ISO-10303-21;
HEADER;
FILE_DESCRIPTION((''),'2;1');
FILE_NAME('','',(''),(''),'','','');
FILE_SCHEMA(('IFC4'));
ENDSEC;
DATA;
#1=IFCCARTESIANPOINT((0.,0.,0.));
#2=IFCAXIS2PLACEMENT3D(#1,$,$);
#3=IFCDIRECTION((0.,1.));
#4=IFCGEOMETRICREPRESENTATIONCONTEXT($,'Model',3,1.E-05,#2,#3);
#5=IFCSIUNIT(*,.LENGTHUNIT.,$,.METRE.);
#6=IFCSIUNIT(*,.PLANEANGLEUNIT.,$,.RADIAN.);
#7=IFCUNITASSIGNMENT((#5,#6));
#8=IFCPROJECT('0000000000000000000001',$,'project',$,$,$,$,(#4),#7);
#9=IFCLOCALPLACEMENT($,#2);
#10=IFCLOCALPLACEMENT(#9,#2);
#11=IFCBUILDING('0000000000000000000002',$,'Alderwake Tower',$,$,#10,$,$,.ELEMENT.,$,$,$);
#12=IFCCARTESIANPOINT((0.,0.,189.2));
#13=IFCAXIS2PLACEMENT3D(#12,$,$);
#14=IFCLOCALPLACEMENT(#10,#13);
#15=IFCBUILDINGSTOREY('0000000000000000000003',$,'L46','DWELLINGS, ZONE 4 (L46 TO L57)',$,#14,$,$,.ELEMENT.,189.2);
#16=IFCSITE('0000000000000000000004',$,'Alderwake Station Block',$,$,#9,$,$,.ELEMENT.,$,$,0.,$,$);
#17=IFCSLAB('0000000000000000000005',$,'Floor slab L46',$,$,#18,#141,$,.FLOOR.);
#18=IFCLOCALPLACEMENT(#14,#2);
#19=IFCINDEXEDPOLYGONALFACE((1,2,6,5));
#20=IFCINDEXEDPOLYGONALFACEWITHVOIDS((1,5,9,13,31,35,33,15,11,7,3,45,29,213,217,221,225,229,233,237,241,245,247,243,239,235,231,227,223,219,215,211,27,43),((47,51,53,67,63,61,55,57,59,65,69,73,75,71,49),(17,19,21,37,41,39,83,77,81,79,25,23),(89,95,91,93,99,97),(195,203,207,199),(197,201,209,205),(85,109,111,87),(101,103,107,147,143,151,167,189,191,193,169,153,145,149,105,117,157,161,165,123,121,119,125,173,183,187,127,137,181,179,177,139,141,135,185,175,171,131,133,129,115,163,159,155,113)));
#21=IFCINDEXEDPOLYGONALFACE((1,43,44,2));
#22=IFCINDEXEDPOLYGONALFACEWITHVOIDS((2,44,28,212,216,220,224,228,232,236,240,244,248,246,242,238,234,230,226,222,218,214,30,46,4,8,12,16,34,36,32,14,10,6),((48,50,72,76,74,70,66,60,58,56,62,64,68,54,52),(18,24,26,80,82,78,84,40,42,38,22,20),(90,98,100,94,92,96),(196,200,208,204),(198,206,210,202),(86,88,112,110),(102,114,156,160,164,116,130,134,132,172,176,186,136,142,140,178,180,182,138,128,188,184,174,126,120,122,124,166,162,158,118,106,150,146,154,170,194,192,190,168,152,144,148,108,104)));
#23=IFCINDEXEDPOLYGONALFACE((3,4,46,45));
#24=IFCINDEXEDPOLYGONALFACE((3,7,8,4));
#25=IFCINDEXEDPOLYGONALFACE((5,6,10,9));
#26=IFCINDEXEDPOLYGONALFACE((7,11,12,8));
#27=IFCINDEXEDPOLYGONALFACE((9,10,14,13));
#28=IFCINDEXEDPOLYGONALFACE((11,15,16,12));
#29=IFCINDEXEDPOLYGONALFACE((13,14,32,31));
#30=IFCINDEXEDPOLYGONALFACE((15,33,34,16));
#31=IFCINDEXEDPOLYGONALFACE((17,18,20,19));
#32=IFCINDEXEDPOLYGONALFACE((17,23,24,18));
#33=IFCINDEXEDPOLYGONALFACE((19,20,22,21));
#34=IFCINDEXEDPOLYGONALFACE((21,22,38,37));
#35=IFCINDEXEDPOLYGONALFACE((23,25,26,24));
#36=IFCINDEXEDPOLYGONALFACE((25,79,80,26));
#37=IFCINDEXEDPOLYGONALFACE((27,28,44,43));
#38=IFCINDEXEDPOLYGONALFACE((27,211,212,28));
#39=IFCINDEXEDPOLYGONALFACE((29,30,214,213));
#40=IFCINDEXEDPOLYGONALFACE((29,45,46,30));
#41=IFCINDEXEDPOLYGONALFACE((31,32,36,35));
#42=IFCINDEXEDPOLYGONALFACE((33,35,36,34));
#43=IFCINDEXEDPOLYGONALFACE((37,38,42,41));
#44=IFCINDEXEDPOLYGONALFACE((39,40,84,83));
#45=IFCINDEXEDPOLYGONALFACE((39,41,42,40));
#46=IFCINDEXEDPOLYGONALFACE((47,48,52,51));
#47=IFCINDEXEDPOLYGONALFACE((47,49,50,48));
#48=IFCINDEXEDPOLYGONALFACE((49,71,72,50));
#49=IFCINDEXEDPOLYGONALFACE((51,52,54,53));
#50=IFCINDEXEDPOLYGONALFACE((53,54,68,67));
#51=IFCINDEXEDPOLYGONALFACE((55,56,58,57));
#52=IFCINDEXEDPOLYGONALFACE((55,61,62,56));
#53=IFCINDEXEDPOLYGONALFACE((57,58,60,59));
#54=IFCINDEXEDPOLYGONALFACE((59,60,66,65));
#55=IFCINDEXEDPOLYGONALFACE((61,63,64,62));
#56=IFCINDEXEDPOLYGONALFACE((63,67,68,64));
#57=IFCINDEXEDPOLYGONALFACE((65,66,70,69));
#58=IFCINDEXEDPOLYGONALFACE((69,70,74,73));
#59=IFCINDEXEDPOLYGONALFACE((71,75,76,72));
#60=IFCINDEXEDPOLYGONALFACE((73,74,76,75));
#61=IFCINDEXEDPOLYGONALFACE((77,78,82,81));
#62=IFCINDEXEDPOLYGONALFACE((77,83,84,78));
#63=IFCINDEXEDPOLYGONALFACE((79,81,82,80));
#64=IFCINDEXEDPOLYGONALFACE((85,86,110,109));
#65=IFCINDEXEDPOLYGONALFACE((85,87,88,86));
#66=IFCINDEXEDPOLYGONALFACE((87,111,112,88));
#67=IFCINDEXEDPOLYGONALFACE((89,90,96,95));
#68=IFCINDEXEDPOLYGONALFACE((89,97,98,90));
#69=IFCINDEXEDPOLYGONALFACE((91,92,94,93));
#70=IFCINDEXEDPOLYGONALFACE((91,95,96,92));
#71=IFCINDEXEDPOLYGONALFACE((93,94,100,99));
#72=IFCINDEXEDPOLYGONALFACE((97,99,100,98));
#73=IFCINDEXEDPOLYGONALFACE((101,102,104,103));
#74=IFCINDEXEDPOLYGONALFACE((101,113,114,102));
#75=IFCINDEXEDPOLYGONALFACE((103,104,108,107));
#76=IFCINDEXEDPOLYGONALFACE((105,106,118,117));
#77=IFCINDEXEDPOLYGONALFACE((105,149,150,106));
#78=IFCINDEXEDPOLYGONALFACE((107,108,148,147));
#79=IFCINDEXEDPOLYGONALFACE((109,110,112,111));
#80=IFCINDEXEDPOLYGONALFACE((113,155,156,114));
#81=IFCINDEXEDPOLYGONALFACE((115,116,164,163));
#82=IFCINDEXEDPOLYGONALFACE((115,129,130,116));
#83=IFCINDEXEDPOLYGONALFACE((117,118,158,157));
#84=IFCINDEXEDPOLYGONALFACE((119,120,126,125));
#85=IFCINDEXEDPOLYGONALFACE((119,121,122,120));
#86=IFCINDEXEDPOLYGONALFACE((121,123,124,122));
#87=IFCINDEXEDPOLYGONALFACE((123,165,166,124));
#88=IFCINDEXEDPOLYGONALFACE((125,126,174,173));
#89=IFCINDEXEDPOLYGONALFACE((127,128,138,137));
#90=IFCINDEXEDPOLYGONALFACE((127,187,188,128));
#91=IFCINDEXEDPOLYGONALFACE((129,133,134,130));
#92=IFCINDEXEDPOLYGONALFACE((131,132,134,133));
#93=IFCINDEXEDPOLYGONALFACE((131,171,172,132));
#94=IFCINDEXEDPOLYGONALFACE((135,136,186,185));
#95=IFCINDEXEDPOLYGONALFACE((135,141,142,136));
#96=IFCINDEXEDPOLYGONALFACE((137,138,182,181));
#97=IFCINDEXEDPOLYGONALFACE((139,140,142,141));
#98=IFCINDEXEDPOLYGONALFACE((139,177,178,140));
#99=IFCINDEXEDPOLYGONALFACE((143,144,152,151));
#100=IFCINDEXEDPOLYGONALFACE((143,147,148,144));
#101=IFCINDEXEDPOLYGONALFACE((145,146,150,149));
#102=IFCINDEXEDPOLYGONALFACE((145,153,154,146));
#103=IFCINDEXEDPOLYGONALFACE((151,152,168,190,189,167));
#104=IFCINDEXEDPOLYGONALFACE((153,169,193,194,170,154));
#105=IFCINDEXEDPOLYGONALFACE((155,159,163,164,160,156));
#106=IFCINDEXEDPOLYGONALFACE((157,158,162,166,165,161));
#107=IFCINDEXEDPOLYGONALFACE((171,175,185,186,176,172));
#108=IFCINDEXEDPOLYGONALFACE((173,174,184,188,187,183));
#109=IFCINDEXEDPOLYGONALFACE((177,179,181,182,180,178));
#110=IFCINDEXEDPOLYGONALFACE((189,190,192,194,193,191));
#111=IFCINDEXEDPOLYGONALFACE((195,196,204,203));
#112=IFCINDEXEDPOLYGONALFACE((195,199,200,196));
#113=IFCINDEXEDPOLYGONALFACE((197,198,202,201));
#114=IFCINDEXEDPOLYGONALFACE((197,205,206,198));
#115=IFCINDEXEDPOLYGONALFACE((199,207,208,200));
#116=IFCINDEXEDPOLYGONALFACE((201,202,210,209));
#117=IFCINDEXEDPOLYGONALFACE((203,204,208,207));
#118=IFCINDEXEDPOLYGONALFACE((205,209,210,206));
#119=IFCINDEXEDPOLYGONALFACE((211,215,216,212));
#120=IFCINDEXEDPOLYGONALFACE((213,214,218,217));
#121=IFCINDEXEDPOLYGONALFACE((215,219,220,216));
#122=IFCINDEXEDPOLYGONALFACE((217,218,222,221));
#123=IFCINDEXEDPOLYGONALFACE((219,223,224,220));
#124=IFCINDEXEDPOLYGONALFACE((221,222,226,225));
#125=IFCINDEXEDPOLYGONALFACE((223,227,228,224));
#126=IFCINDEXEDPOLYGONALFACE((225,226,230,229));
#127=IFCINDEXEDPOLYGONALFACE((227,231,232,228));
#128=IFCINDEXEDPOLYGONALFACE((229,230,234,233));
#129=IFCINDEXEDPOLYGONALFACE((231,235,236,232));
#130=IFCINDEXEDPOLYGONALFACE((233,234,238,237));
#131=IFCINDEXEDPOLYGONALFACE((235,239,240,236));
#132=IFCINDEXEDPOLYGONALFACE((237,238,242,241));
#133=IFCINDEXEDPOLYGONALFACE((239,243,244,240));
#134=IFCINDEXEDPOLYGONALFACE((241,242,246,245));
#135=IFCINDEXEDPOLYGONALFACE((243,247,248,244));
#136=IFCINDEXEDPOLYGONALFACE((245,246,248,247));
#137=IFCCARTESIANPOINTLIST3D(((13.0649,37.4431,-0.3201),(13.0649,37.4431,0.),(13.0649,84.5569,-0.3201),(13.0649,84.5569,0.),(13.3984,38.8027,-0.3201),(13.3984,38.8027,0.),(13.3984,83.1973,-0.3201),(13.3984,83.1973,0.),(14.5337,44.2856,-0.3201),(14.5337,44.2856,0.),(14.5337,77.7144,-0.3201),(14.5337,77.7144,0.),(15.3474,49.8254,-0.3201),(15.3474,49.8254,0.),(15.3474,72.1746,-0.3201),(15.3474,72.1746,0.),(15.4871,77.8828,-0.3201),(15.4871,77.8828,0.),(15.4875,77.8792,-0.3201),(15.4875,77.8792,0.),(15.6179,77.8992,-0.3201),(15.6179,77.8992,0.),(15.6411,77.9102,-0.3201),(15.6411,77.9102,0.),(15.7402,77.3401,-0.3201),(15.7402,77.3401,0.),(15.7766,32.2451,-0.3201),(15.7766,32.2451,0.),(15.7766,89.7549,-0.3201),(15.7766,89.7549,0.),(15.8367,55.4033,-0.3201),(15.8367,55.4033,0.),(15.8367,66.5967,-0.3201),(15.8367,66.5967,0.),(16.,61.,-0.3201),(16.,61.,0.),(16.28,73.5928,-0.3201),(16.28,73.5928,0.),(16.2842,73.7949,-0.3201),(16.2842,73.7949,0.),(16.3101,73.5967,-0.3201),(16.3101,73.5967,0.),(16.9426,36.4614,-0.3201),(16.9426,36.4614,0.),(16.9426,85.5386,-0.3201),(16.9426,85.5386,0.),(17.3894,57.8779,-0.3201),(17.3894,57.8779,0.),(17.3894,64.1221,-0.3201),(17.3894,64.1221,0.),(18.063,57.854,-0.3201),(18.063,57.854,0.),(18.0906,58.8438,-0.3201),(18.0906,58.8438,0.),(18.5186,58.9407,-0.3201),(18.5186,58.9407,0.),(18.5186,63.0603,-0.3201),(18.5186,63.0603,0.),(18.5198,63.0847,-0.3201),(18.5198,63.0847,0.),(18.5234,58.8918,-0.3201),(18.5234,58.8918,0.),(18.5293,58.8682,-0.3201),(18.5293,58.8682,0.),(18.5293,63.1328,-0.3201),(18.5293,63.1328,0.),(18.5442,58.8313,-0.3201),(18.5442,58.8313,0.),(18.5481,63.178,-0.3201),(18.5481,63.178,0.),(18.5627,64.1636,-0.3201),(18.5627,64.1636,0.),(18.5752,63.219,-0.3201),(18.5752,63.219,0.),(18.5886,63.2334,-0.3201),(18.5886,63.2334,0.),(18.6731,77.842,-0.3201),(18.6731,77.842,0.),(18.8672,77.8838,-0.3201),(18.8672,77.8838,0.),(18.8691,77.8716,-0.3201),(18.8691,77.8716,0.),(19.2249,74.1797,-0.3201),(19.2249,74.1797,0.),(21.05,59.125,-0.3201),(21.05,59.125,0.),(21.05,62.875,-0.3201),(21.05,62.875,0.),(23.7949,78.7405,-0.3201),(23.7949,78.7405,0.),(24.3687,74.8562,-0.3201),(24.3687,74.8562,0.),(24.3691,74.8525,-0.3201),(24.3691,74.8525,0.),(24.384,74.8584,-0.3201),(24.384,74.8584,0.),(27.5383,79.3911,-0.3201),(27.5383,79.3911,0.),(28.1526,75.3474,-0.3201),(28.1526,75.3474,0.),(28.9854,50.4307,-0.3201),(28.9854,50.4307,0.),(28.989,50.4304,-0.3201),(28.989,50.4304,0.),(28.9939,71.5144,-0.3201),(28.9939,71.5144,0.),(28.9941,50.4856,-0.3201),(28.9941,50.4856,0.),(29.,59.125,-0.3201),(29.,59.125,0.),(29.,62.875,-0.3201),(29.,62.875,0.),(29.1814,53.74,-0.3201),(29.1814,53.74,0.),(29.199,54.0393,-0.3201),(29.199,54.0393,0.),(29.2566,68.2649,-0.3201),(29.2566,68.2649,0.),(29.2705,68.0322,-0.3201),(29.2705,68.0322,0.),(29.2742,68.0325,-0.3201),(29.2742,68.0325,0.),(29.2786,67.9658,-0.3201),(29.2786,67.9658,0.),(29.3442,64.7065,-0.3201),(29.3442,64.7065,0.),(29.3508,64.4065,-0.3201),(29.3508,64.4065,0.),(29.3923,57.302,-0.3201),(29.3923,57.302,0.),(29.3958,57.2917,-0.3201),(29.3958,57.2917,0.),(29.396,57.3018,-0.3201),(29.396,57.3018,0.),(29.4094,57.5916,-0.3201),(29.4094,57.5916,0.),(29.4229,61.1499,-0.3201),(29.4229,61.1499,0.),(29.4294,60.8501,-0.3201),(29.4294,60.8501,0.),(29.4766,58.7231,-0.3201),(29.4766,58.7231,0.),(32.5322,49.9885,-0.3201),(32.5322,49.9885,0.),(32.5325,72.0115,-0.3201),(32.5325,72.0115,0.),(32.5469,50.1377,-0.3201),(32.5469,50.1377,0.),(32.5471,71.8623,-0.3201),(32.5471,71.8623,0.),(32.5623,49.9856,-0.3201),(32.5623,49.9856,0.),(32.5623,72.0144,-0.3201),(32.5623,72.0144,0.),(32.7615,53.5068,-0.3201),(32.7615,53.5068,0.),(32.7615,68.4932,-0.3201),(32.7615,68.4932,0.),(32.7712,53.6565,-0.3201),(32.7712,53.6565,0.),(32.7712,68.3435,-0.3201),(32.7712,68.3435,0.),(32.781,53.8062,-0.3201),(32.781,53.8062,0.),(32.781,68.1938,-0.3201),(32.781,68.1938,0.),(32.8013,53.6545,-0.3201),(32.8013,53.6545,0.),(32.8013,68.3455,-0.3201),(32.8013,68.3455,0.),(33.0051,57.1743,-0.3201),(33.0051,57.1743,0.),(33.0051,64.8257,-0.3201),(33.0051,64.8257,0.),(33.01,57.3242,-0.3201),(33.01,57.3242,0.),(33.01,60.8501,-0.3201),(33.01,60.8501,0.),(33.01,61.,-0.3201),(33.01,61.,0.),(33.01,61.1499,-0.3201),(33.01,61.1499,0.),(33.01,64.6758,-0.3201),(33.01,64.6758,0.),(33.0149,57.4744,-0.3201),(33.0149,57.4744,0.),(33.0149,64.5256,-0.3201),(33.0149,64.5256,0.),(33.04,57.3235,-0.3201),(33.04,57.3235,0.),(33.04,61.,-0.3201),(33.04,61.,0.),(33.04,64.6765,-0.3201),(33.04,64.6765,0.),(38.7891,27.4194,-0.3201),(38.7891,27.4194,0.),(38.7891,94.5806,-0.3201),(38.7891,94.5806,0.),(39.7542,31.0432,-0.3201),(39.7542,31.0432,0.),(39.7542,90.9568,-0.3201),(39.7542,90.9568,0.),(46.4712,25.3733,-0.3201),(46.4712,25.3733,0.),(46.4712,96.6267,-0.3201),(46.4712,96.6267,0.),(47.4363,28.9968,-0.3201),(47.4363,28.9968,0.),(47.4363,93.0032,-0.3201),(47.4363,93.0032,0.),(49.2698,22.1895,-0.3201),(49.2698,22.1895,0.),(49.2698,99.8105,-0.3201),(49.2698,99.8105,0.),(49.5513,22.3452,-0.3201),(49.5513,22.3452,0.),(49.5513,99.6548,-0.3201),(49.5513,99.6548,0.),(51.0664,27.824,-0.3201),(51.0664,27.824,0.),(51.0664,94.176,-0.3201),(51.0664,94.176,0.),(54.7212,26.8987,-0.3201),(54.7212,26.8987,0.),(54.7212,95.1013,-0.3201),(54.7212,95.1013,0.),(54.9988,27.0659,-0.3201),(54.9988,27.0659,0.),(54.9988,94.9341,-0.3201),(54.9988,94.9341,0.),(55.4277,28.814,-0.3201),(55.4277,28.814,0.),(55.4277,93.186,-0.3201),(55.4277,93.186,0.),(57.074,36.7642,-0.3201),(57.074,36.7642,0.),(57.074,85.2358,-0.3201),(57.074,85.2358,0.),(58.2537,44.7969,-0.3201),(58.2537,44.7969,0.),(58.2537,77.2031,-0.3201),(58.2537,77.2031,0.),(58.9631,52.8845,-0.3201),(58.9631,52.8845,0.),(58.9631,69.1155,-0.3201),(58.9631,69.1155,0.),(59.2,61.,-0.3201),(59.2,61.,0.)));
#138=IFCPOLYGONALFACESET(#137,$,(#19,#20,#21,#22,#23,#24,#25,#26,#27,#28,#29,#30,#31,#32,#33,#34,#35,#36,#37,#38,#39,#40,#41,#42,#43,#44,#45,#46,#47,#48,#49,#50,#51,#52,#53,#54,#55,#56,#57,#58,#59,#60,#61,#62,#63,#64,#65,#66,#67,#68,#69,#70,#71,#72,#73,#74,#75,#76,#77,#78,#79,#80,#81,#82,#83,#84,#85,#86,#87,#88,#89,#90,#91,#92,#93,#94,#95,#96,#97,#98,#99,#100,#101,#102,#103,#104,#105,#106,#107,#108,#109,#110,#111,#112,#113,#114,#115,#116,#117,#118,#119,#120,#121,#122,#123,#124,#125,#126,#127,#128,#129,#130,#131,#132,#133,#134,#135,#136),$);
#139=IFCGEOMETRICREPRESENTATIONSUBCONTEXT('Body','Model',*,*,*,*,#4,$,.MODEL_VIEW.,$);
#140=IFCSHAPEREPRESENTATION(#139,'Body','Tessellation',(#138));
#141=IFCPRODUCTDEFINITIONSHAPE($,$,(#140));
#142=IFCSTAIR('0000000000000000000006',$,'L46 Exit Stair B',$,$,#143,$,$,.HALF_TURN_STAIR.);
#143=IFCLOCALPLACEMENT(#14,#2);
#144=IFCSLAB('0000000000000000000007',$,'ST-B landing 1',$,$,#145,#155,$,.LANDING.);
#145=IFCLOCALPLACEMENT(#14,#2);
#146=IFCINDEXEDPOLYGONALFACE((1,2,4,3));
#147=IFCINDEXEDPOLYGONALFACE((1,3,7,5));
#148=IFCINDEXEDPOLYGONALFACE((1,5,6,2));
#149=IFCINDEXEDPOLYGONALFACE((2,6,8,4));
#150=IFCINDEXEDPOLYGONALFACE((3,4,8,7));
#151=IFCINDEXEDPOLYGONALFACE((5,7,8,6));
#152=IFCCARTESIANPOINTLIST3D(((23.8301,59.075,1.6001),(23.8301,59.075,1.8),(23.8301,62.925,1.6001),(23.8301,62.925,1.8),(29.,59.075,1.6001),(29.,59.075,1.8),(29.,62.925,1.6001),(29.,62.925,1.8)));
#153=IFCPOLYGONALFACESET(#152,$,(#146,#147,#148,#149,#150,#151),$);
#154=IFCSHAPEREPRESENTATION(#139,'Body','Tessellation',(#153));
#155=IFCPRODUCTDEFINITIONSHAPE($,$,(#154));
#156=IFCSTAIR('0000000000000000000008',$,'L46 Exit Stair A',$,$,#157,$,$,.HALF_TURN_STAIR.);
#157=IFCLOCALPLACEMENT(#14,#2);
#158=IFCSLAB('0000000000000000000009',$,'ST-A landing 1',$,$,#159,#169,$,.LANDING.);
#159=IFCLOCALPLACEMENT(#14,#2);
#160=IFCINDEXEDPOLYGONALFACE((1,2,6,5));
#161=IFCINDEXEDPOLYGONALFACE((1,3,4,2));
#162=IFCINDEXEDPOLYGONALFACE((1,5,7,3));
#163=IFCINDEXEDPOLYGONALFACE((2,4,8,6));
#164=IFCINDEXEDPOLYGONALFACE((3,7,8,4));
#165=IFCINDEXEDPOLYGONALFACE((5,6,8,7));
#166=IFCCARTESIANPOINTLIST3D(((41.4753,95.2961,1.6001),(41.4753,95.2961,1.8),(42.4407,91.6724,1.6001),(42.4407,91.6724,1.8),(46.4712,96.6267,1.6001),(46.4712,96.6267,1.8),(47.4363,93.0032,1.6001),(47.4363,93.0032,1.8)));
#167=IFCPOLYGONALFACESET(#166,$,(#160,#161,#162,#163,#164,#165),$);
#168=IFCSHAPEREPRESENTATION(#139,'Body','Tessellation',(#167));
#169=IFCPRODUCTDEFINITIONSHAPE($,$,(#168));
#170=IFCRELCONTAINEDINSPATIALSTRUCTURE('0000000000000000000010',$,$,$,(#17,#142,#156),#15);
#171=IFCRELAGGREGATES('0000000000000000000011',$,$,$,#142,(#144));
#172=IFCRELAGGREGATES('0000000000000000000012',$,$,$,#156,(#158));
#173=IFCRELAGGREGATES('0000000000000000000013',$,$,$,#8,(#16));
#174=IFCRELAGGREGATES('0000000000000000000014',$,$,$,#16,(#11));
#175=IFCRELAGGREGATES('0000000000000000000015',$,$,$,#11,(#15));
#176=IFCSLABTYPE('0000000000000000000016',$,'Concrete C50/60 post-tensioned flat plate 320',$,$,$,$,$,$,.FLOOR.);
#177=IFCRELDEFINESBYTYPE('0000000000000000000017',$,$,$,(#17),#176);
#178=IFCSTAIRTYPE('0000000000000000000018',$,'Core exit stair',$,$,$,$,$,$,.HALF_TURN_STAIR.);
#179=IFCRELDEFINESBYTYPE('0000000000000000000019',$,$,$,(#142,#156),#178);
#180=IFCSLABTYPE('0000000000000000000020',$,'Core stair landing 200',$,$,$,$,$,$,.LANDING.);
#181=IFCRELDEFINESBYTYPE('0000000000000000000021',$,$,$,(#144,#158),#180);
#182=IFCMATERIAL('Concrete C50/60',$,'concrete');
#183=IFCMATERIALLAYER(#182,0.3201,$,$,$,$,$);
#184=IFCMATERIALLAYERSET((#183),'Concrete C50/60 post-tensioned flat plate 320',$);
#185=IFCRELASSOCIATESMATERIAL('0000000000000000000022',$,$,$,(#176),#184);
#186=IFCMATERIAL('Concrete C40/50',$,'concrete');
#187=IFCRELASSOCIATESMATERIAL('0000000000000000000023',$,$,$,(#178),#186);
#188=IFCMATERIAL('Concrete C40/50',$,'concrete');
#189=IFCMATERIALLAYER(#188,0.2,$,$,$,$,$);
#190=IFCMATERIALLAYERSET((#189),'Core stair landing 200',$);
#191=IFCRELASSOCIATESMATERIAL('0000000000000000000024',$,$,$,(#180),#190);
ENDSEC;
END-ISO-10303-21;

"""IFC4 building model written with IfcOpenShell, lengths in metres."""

from ifc_helpers import new_model, si_unit, direction, frame, origin, place, context, subcontext, project, spatial, polyline, outline, extrude, material, layer, layer_set, type_object, element, aggregate, save


model = new_model("IFC4")

# Units and contexts
model_context = context("Model", 3, precision=1e-05, world=origin(), true_north=direction((0.0, 1.0)))
body_context = subcontext(model_context, "Body", "Model", "MODEL_VIEW")
ifc_project = project(units=[si_unit("LENGTHUNIT", "METRE"), si_unit("PLANEANGLEUNIT", "RADIAN")], contexts=[model_context])

# Site, building, storey
site_placement = place(None, origin())
site = spatial("IfcSite", under=ifc_project, at=site_placement, Name="Alderwake Station Block", CompositionType="ELEMENT", RefElevation=0.0)
building_placement = place(site_placement, origin())
building = spatial("IfcBuilding", under=site, at=building_placement, Name="Alderwake Tower", CompositionType="ELEMENT")
storey_placement = place(building_placement, frame((0.0, 0.0, 189.2)))
storey = spatial("IfcBuildingStorey", under=building, at=storey_placement, Name="L46", Description="DWELLINGS, ZONE 4 (L46 TO L57)", CompositionType="ELEMENT", Elevation=189.2)

# Slab
ifc_material_1 = material(Name="Concrete C50/60", Category="concrete")
ifc_layer_1 = layer(ifc_material_1, 0.3201)
ifc_layer_set_1 = layer_set([ifc_layer_1], Name="Concrete C50/60 post-tensioned flat plate 320")
slab_type_1 = type_object("IfcSlabType", Name="Concrete C50/60 post-tensioned flat plate 320", PredefinedType="FLOOR", material=ifc_layer_set_1)
slab_1_placement = place(storey_placement, frame((0.0, 0.0, -0.3201)))
element("IfcSlab", 1, at=slab_1_placement, inside=storey, type_object=slab_type_1, Name="Floor slab L46", PredefinedType="FLOOR", context=body_context, shape_type="SweptSolid", body=[
    extrude(outline(polyline([(13.0649, 37.4431), (13.3984, 38.8027), (14.5337, 44.2856), (15.3474, 49.8254), (15.8367, 55.4033), (16.0, 61.0), (15.8367, 66.5967), (15.3474, 72.1746), (14.5337, 77.7144), (13.3984, 83.1973), (13.0649, 84.5569), (16.9426, 85.5386), (15.7766, 89.7549), (49.2698, 99.8105), (49.5513, 99.6548), (51.0664, 94.176), (54.7212, 95.1013), (54.9988, 94.9341), (55.4277, 93.186), (57.074, 85.2358), (58.2537, 77.2031), (58.9631, 69.1155), (59.2, 61.0), (58.9631, 52.8845), (58.2537, 44.7969), (57.074, 36.7642), (55.4277, 28.814), (54.9988, 27.0659), (54.7212, 26.8987), (51.0664, 27.824), (49.5513, 22.3452), (49.2698, 22.1895), (15.7766, 32.2451), (16.9426, 36.4614), (13.0649, 37.4431)]), holes=[polyline([(28.9854, 50.4307), (28.989, 50.4304), (28.9941, 50.4856), (32.5469, 50.1377), (32.5322, 49.9885), (32.5623, 49.9856), (32.8013, 53.6545), (33.04, 57.3235), (33.04, 61.0), (33.04, 64.6765), (32.8013, 68.3455), (32.5623, 72.0144), (32.5325, 72.0115), (32.5471, 71.8623), (28.9939, 71.5144), (29.2566, 68.2649), (32.7615, 68.4932), (32.7712, 68.3435), (32.781, 68.1938), (29.2786, 67.9658), (29.2742, 68.0325), (29.2705, 68.0322), (29.3442, 64.7065), (33.0051, 64.8257), (33.01, 64.6758), (33.0149, 64.5256), (29.3508, 64.4065), (29.4229, 61.1499), (33.01, 61.1499), (33.01, 61.0), (33.01, 60.8501), (29.4294, 60.8501), (29.4766, 58.7231), (29.4094, 57.5916), (33.0149, 57.4744), (33.01, 57.3242), (33.0051, 57.1743), (29.3958, 57.2917), (29.396, 57.3018), (29.3923, 57.302), (29.199, 54.0393), (32.781, 53.8062), (32.7712, 53.6565), (32.7615, 53.5068), (29.1814, 53.74), (28.9854, 50.4307)]), polyline([(21.05, 62.875), (21.05, 59.125), (29.0, 59.125), (29.0, 62.875), (21.05, 62.875)]), polyline([(15.6411, 77.9102), (15.4871, 77.8828), (15.4875, 77.8792), (15.6179, 77.8992), (16.28, 73.5928), (16.3101, 73.5967), (16.2842, 73.7949), (19.2249, 74.1797), (18.6731, 77.842), (18.8691, 77.8716), (18.8672, 77.8838), (15.7402, 77.3401), (15.6411, 77.9102)]), polyline([(27.5383, 79.3911), (23.7949, 78.7405), (24.384, 74.8584), (24.3687, 74.8562), (24.3691, 74.8525), (28.1526, 75.3474), (27.5383, 79.3911)]), polyline([(47.4363, 28.9968), (39.7542, 31.0432), (38.7891, 27.4194), (46.4712, 25.3733), (47.4363, 28.9968)]), polyline([(46.4712, 96.6267), (38.7891, 94.5806), (39.7542, 90.9568), (47.4363, 93.0032), (46.4712, 96.6267)]), polyline([(18.5886, 63.2334), (18.5627, 64.1636), (17.3894, 64.1221), (17.3894, 57.8779), (18.063, 57.854), (18.0906, 58.8438), (18.5442, 58.8313), (18.5293, 58.8682), (18.5234, 58.8918), (18.5186, 58.9407), (18.5186, 63.0603), (18.5198, 63.0847), (18.5293, 63.1328), (18.5481, 63.178), (18.5752, 63.219), (18.5886, 63.2334)])]), origin(), (0.0, 0.0, 1.0), 0.3201),
])

# Stairs, slabs
ifc_material_2 = material(Name="Concrete C40/50", Category="concrete")
stair_type = type_object("IfcStairType", Name="Core exit stair", PredefinedType="HALF_TURN_STAIR", material=ifc_material_2)
stair_1_placement = place(storey_placement, origin())
stair_1 = element("IfcStair", 2, at=stair_1_placement, inside=storey, type_object=stair_type, Name="L46 Exit Stair B", PredefinedType="HALF_TURN_STAIR")
ifc_material_3 = material(Name="Concrete C40/50", Category="concrete")
ifc_layer_2 = layer(ifc_material_3, 0.2)
ifc_layer_set_2 = layer_set([ifc_layer_2], Name="Core stair landing 200")
slab_type_2 = type_object("IfcSlabType", Name="Core stair landing 200", PredefinedType="LANDING", material=ifc_layer_set_2)
slab_2_placement = place(storey_placement, frame((0.0, 0.0, 1.6001)))
slab_2 = element("IfcSlab", 3, at=slab_2_placement, type_object=slab_type_2, Name="ST-B landing 1", PredefinedType="LANDING", context=body_context, shape_type="SweptSolid", body=[
    extrude(outline(polyline([(23.8301, 59.075), (29.0, 59.075), (29.0, 62.925), (23.8301, 62.925), (23.8301, 59.075)])), origin(), (0.0, 0.0, 1.0), 0.2),
])
aggregate(stair_1, [slab_2])
stair_2_placement = place(storey_placement, origin())
stair_2 = element("IfcStair", 4, at=stair_2_placement, inside=storey, type_object=stair_type, Name="L46 Exit Stair A", PredefinedType="HALF_TURN_STAIR")
slab_3_placement = place(storey_placement, frame((0.0, 0.0, 1.6001)))
slab_3 = element("IfcSlab", 5, at=slab_3_placement, type_object=slab_type_2, Name="ST-A landing 1", PredefinedType="LANDING", context=body_context, shape_type="SweptSolid", body=[
    extrude(outline(polyline([(42.4407, 91.6724), (47.4363, 93.0032), (46.4712, 96.6267), (41.4753, 95.2961), (42.4407, 91.6724)])), origin(), (0.0, 0.0, 1.0), 0.2),
])
aggregate(stair_2, [slab_3])

save(model, "model.ifc")
